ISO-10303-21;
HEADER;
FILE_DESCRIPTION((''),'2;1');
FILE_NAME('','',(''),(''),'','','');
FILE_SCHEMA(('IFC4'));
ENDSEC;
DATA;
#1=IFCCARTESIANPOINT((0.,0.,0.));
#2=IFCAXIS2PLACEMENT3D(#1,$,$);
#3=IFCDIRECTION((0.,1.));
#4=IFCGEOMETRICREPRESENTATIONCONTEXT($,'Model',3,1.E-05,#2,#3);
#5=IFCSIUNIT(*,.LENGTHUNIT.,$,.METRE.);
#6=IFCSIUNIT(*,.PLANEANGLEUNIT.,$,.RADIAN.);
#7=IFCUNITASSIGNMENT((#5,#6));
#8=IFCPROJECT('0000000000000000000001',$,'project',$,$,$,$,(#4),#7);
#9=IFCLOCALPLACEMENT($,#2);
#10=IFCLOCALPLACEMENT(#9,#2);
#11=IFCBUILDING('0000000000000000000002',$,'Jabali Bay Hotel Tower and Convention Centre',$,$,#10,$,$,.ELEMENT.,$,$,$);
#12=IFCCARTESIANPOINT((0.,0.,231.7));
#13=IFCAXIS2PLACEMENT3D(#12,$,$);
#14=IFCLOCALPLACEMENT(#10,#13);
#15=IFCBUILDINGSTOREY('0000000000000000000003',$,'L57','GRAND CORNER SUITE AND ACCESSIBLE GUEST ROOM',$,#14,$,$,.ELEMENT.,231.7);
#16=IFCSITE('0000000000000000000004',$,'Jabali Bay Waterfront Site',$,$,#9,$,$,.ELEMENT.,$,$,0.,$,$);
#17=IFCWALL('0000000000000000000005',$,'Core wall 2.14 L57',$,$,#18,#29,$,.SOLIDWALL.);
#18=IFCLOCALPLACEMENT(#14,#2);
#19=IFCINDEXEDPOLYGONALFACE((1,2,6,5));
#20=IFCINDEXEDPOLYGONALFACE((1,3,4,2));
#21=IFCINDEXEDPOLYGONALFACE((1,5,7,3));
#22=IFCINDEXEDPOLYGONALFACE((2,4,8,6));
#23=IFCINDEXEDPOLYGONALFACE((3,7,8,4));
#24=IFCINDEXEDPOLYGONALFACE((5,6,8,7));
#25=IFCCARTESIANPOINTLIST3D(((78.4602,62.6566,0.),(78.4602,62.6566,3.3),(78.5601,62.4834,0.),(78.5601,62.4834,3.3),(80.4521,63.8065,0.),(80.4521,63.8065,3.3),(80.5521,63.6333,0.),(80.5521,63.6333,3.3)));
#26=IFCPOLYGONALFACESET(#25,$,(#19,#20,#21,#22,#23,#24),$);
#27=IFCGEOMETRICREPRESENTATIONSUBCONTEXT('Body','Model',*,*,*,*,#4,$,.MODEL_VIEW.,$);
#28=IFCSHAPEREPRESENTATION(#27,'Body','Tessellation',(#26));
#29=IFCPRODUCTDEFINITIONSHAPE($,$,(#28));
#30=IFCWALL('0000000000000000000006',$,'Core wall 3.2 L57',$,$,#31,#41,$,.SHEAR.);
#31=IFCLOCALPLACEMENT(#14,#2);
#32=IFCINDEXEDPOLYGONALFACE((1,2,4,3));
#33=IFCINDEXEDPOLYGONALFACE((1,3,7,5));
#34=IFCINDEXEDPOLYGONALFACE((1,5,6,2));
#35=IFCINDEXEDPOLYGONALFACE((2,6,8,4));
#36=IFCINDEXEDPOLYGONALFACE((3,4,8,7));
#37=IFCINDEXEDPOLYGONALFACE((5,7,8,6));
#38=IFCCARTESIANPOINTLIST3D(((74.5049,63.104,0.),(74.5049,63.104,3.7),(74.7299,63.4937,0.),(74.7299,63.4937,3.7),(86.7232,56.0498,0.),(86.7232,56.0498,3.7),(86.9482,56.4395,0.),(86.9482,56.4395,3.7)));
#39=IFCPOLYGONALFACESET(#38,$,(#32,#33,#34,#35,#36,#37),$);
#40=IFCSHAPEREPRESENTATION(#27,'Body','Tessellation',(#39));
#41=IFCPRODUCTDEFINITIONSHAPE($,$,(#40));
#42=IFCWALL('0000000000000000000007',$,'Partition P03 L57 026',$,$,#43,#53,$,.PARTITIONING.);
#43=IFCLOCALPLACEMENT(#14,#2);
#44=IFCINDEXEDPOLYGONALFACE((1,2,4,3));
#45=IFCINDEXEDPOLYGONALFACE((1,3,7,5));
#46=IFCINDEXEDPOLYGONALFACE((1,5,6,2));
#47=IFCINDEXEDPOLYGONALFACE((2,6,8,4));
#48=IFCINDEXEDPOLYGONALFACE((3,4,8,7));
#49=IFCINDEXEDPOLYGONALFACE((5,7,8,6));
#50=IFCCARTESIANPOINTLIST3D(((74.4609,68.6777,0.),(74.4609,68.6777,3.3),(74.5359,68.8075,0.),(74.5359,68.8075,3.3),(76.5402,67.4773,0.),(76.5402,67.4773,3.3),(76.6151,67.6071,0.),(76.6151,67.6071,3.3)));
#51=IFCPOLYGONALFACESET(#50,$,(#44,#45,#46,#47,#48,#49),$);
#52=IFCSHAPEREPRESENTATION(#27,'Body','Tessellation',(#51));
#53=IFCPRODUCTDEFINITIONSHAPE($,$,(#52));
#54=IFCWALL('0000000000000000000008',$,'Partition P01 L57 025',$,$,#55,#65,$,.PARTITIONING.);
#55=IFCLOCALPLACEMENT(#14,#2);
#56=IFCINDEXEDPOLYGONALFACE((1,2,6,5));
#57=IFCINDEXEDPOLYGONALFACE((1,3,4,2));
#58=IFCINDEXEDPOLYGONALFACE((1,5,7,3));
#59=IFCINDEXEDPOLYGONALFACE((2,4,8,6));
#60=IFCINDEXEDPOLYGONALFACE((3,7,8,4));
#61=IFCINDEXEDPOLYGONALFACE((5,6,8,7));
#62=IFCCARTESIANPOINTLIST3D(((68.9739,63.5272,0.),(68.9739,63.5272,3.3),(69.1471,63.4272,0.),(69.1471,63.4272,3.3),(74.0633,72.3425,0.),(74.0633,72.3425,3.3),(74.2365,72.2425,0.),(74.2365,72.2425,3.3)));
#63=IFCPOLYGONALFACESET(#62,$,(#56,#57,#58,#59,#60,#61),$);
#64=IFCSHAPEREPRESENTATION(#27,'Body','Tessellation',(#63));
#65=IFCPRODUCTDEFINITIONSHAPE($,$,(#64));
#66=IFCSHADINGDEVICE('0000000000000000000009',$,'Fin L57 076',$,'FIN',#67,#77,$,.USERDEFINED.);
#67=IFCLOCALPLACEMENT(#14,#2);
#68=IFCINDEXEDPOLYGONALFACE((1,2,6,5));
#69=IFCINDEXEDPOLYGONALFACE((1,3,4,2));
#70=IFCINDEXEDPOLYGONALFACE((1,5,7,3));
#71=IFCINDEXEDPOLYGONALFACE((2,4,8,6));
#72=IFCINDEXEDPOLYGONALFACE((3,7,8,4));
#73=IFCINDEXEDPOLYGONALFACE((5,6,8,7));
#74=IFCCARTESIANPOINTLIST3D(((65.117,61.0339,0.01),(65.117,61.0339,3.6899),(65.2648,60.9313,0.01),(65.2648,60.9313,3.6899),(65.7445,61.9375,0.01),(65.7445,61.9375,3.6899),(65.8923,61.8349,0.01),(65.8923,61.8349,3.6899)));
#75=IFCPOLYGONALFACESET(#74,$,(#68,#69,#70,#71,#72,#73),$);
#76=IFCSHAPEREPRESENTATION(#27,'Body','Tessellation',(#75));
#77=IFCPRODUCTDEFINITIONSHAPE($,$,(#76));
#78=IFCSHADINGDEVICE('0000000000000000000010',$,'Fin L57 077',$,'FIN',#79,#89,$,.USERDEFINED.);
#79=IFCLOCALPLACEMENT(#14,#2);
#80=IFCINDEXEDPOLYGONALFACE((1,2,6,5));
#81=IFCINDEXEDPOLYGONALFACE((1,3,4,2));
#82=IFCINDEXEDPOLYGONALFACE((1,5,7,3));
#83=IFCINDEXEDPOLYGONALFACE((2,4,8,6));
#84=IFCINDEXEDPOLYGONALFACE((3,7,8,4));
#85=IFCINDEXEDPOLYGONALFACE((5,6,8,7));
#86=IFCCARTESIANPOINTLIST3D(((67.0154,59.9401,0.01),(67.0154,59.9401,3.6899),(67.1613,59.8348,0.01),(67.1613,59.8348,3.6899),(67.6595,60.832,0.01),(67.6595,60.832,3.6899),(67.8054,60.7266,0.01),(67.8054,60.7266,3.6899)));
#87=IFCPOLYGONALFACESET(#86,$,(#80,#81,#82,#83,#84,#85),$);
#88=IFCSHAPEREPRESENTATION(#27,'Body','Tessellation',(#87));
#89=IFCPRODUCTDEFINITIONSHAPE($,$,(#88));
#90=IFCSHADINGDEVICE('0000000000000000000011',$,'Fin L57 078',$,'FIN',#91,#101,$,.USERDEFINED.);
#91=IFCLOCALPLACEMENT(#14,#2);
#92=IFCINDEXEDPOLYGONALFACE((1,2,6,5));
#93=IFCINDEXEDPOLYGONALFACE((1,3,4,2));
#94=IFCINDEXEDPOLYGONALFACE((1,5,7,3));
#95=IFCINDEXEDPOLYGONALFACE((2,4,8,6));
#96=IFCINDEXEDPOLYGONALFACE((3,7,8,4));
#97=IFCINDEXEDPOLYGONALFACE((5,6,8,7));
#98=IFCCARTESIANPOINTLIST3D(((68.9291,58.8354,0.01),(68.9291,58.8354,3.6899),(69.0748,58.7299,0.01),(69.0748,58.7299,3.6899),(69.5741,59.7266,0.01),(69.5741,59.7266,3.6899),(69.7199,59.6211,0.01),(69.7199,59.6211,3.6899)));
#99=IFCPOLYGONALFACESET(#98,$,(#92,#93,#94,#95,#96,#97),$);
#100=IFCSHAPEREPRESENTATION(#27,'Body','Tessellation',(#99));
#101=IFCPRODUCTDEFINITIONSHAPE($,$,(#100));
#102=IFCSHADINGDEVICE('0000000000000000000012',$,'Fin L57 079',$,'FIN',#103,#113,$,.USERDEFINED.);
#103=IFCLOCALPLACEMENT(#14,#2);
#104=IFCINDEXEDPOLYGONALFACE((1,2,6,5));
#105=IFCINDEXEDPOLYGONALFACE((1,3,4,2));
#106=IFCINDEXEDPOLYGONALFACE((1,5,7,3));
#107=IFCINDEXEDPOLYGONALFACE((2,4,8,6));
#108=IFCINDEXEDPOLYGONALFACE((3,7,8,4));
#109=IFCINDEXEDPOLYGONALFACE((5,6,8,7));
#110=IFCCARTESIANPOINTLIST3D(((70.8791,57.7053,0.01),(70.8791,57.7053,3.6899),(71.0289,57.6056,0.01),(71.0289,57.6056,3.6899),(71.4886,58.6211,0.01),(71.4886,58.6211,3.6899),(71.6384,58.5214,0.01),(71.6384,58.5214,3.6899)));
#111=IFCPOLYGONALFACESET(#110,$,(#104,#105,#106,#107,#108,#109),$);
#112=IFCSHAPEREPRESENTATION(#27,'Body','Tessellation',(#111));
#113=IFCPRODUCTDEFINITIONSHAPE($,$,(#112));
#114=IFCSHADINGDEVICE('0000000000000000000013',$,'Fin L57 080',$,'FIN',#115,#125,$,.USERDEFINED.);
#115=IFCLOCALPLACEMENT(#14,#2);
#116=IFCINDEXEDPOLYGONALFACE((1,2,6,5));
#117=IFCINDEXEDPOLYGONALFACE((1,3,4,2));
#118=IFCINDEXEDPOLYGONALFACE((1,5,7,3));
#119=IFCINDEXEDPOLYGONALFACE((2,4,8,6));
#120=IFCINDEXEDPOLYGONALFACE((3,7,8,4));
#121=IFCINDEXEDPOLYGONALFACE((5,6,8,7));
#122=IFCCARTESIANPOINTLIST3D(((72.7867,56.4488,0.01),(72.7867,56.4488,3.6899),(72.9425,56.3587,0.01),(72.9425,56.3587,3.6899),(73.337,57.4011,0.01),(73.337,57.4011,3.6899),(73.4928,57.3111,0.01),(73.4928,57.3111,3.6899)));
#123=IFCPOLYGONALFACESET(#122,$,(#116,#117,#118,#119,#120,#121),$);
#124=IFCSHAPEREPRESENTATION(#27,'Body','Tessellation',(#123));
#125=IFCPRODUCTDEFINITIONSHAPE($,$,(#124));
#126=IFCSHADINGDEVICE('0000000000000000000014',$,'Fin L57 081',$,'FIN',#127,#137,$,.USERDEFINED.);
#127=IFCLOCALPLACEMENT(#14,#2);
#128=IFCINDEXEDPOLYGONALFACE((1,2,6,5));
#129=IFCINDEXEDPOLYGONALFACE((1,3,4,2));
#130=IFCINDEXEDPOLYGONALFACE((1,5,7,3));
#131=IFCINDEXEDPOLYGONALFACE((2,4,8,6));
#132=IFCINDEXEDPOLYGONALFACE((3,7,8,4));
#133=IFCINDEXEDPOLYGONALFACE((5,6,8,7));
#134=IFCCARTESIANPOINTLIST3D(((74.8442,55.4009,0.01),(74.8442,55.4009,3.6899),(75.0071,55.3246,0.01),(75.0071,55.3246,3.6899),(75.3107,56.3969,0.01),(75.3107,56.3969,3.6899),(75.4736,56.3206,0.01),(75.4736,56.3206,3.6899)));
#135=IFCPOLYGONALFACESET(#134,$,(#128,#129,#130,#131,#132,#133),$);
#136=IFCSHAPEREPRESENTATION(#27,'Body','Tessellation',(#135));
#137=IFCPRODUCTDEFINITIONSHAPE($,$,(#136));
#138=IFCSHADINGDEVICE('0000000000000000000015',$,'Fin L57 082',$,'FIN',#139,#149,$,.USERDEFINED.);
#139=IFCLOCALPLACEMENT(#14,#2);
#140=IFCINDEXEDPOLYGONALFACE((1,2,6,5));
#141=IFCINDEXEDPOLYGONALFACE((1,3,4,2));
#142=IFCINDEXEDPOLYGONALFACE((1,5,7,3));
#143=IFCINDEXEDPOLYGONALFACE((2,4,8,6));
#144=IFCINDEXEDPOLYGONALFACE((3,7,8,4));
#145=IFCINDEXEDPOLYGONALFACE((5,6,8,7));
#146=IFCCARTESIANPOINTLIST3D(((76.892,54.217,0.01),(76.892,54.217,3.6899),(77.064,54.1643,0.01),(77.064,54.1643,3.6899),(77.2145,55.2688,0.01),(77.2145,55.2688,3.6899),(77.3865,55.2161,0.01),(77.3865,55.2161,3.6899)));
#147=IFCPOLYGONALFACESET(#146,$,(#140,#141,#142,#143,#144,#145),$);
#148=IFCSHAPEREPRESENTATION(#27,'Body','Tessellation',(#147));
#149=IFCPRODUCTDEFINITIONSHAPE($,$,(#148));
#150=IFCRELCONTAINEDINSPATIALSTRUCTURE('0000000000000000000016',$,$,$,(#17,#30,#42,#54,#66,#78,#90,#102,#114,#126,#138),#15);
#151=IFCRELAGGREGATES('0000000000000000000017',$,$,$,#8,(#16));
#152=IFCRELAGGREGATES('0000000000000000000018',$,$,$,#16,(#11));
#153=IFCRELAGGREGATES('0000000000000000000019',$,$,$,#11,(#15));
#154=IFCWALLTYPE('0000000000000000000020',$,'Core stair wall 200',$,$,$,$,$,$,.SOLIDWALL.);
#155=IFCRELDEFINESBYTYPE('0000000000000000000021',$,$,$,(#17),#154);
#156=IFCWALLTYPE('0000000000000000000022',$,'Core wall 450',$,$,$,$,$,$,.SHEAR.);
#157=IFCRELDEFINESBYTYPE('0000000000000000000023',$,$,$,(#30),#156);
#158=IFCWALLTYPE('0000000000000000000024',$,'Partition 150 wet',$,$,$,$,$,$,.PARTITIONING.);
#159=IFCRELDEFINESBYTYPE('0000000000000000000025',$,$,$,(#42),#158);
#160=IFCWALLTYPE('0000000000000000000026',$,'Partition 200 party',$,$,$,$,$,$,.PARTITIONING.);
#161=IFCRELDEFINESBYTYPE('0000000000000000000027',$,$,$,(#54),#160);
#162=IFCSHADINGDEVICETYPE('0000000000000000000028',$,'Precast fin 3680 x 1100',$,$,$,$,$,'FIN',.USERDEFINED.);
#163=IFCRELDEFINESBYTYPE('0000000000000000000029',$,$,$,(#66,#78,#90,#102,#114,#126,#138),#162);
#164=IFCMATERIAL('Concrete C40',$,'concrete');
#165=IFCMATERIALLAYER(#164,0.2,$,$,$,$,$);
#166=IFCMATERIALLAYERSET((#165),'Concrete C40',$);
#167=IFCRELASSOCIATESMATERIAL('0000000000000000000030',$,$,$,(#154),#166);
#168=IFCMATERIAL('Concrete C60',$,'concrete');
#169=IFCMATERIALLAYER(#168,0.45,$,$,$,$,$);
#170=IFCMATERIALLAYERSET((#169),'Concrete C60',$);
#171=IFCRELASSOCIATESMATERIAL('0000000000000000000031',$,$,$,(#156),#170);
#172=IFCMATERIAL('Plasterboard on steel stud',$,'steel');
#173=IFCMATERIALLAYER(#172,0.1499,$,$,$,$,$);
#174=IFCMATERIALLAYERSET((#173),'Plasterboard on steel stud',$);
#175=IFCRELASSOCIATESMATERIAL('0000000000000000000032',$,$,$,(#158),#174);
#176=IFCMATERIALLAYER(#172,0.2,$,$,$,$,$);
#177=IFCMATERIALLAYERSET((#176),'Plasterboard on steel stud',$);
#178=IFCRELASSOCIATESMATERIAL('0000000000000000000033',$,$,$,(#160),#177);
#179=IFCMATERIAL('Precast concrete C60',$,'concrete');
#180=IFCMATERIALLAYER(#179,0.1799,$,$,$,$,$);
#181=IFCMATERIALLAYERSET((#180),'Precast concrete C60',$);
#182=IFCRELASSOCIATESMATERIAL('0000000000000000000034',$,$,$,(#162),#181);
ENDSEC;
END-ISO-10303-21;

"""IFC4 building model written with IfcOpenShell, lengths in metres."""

from ifc_helpers import new_model, si_unit, direction, frame, frame_2d, origin, place, context, subcontext, project, spatial, rectangle, extrude, material, layer, layer_set, type_object, element, save


model = new_model("IFC4")

# Units and contexts
model_context = context("Model", 3, precision=1e-05, world=origin(), true_north=direction((0.0, 1.0)))
body_context = subcontext(model_context, "Body", "Model", "MODEL_VIEW")
ifc_project = project(units=[si_unit("LENGTHUNIT", "METRE"), si_unit("PLANEANGLEUNIT", "RADIAN")], contexts=[model_context])

# Site, building, storey
site_placement = place(None, origin())
site = spatial("IfcSite", under=ifc_project, at=site_placement, Name="Jabali Bay Waterfront Site", CompositionType="ELEMENT", RefElevation=0.0)
building_placement = place(site_placement, origin())
building = spatial("IfcBuilding", under=site, at=building_placement, Name="Jabali Bay Hotel Tower and Convention Centre", CompositionType="ELEMENT")
storey_placement = place(building_placement, frame((0.0, 0.0, 231.7)))
storey = spatial("IfcBuildingStorey", under=building, at=storey_placement, Name="L57", Description="GRAND CORNER SUITE AND ACCESSIBLE GUEST ROOM", CompositionType="ELEMENT", Elevation=231.7)

# Shared definitions
ifc_material_1 = material(Name="Concrete C60", Category="concrete")

# Shared definitions
ifc_material_2 = material(Name="Concrete C40", Category="concrete")

# Shared definitions
ifc_layer_1 = layer(ifc_material_2, 0.2)
ifc_layer_set_1 = layer_set([ifc_layer_1], Name="Concrete C40")
wall_type_1 = type_object("IfcWallType", Name="Core stair wall 200", PredefinedType="SOLIDWALL", material=ifc_layer_set_1)

# Walls
wall_1_placement = place(storey_placement, frame((78.5103, 62.5701, 0.0), z_axis=(0.0, 0.0, 1.0), x_axis=(0.866053, 0.499952, 0.0)))
element("IfcWall", 1, at=wall_1_placement, inside=storey, type_object=wall_type_1, Name="Core wall 2.14 L57", PredefinedType="SOLIDWALL", context=body_context, shape_type="SweptSolid", body=[
    extrude(rectangle(XDim=2.3, YDim=0.2, at=frame_2d((1.1499, 0.0))), origin(), (0.0, 0.0, 1.0), 3.3),
])
ifc_layer_2 = layer(ifc_material_1, 0.45)
ifc_layer_set_2 = layer_set([ifc_layer_2], Name="Concrete C60")
wall_type_2 = type_object("IfcWallType", Name="Core wall 450", PredefinedType="SHEAR", material=ifc_layer_set_2)
wall_2_placement = place(storey_placement, frame((74.6174, 63.2988, 0.0), z_axis=(0.0, 0.0, 1.0), x_axis=(0.866026, -0.499999, 0.0)))
element("IfcWall", 2, at=wall_2_placement, inside=storey, type_object=wall_type_2, Name="Core wall 3.2 L57", PredefinedType="SHEAR", context=body_context, shape_type="SweptSolid", body=[
    extrude(rectangle(XDim=14.1084, YDim=0.45, at=frame_2d((7.0542, 0.0))), origin(), (0.0, 0.0, 1.0), 3.7),
])
ifc_material_3 = material(Name="Plasterboard on steel stud", Category="steel")
ifc_layer_3 = layer(ifc_material_3, 0.1499)
ifc_layer_set_3 = layer_set([ifc_layer_3], Name="Plasterboard on steel stud")
wall_type_3 = type_object("IfcWallType", Name="Partition 150 wet", PredefinedType="PARTITIONING", material=ifc_layer_set_3)
wall_3_placement = place(storey_placement, frame((76.5776, 67.5422, 0.0), z_axis=(0.0, 0.0, 1.0), x_axis=(-0.866038, 0.499978, 0.0)))
element("IfcWall", 3, at=wall_3_placement, inside=storey, type_object=wall_type_3, Name="Partition P03 L57 026", PredefinedType="PARTITIONING", context=body_context, shape_type="SweptSolid", body=[
    extrude(rectangle(XDim=2.4009, YDim=0.1499, at=frame_2d((1.2004, 0.0))), origin(), (0.0, 0.0, 1.0), 3.3),
])
ifc_layer_4 = layer(ifc_material_3, 0.2)
ifc_layer_set_4 = layer_set([ifc_layer_4], Name="Plasterboard on steel stud")
wall_type_4 = type_object("IfcWallType", Name="Partition 200 party", PredefinedType="PARTITIONING", material=ifc_layer_set_4)
wall_4_placement = place(storey_placement, frame((69.0605, 63.4773, 0.0), z_axis=(0.0, 0.0, 1.0), x_axis=(0.499993, 0.866029, 0.0)))
element("IfcWall", 4, at=wall_4_placement, inside=storey, type_object=wall_type_4, Name="Partition P01 L57 025", PredefinedType="PARTITIONING", context=body_context, shape_type="SweptSolid", body=[
    extrude(rectangle(XDim=10.179, YDim=0.2, at=frame_2d((5.0894, 0.0))), origin(), (0.0, 0.0, 1.0), 3.3),
])

# Shading devices
ifc_material_4 = material(Name="Precast concrete C60", Category="concrete")
ifc_layer_5 = layer(ifc_material_4, 0.1799)
ifc_layer_set_5 = layer_set([ifc_layer_5], Name="Precast concrete C60")
shading_device_type = type_object("IfcShadingDeviceType", Name="Precast fin 3680 x 1100", ElementType="FIN", PredefinedType="USERDEFINED", material=ifc_layer_set_5)
for number, where, z_axis, x_axis, name in (
    (5, (65.8184, 61.8862, 0.01), (0.0, 0.0, 1.0), (-0.570375, -0.821384, 0.0), "Fin L57 076"),
    (6, (67.7324, 60.7793, 0.01), (0.0, 0.0, 1.0), (-0.58545, -0.810708, 0.0), "Fin L57 077"),
    (7, (69.647, 59.6738, 0.01), (0.0, 0.0, 1.0), (-0.586349, -0.810058, 0.0), "Fin L57 078"),
    (8, (71.5635, 58.5713, 0.01), (0.0, 0.0, 1.0), (-0.553983, -0.832528, 0.0), "Fin L57 079"),
):
    element("IfcShadingDevice", number, at=place(storey_placement, frame(where, z_axis=z_axis, x_axis=x_axis)), inside=storey, type_object=shading_device_type, Name=name, ObjectType="FIN", PredefinedType="USERDEFINED", context=body_context, shape_type="SweptSolid", body=[
        extrude(rectangle(XDim=1.1001, YDim=0.1799, at=frame_2d((0.55, 0.0))), origin(), (0.0, 0.0, 1.0), 3.6799),
    ])
for number, where, z_axis, x_axis, name in (
    (9, (73.4148, 57.356, 0.01), (0.0, 0.0, 1.0), (-0.500292, -0.865857, 0.0), "Fin L57 080"),
    (10, (75.3921, 56.3586, 0.01), (0.0, 0.0, 1.0), (-0.424161, -0.905587, 0.0), "Fin L57 081"),
):
    element("IfcShadingDevice", number, at=place(storey_placement, frame(where, z_axis=z_axis, x_axis=x_axis)), inside=storey, type_object=shading_device_type, Name=name, ObjectType="FIN", PredefinedType="USERDEFINED", context=body_context, shape_type="SweptSolid", body=[
        extrude(rectangle(XDim=1.0999, YDim=0.1799, at=frame_2d((0.5498, 0.0))), origin(), (0.0, 0.0, 1.0), 3.6799),
    ])
shading_device_placement = place(storey_placement, frame((77.3005, 55.2424, 0.01), z_axis=(0.0, 0.0, 1.0), x_axis=(-0.293166, -0.956062, 0.0)))
element("IfcShadingDevice", 11, at=shading_device_placement, inside=storey, type_object=shading_device_type, Name="Fin L57 082", ObjectType="FIN", PredefinedType="USERDEFINED", context=body_context, shape_type="SweptSolid", body=[
    extrude(rectangle(XDim=1.1001, YDim=0.1799, at=frame_2d((0.55, 0.0))), origin(), (0.0, 0.0, 1.0), 3.6799),
])

save(model, "model.ifc")
